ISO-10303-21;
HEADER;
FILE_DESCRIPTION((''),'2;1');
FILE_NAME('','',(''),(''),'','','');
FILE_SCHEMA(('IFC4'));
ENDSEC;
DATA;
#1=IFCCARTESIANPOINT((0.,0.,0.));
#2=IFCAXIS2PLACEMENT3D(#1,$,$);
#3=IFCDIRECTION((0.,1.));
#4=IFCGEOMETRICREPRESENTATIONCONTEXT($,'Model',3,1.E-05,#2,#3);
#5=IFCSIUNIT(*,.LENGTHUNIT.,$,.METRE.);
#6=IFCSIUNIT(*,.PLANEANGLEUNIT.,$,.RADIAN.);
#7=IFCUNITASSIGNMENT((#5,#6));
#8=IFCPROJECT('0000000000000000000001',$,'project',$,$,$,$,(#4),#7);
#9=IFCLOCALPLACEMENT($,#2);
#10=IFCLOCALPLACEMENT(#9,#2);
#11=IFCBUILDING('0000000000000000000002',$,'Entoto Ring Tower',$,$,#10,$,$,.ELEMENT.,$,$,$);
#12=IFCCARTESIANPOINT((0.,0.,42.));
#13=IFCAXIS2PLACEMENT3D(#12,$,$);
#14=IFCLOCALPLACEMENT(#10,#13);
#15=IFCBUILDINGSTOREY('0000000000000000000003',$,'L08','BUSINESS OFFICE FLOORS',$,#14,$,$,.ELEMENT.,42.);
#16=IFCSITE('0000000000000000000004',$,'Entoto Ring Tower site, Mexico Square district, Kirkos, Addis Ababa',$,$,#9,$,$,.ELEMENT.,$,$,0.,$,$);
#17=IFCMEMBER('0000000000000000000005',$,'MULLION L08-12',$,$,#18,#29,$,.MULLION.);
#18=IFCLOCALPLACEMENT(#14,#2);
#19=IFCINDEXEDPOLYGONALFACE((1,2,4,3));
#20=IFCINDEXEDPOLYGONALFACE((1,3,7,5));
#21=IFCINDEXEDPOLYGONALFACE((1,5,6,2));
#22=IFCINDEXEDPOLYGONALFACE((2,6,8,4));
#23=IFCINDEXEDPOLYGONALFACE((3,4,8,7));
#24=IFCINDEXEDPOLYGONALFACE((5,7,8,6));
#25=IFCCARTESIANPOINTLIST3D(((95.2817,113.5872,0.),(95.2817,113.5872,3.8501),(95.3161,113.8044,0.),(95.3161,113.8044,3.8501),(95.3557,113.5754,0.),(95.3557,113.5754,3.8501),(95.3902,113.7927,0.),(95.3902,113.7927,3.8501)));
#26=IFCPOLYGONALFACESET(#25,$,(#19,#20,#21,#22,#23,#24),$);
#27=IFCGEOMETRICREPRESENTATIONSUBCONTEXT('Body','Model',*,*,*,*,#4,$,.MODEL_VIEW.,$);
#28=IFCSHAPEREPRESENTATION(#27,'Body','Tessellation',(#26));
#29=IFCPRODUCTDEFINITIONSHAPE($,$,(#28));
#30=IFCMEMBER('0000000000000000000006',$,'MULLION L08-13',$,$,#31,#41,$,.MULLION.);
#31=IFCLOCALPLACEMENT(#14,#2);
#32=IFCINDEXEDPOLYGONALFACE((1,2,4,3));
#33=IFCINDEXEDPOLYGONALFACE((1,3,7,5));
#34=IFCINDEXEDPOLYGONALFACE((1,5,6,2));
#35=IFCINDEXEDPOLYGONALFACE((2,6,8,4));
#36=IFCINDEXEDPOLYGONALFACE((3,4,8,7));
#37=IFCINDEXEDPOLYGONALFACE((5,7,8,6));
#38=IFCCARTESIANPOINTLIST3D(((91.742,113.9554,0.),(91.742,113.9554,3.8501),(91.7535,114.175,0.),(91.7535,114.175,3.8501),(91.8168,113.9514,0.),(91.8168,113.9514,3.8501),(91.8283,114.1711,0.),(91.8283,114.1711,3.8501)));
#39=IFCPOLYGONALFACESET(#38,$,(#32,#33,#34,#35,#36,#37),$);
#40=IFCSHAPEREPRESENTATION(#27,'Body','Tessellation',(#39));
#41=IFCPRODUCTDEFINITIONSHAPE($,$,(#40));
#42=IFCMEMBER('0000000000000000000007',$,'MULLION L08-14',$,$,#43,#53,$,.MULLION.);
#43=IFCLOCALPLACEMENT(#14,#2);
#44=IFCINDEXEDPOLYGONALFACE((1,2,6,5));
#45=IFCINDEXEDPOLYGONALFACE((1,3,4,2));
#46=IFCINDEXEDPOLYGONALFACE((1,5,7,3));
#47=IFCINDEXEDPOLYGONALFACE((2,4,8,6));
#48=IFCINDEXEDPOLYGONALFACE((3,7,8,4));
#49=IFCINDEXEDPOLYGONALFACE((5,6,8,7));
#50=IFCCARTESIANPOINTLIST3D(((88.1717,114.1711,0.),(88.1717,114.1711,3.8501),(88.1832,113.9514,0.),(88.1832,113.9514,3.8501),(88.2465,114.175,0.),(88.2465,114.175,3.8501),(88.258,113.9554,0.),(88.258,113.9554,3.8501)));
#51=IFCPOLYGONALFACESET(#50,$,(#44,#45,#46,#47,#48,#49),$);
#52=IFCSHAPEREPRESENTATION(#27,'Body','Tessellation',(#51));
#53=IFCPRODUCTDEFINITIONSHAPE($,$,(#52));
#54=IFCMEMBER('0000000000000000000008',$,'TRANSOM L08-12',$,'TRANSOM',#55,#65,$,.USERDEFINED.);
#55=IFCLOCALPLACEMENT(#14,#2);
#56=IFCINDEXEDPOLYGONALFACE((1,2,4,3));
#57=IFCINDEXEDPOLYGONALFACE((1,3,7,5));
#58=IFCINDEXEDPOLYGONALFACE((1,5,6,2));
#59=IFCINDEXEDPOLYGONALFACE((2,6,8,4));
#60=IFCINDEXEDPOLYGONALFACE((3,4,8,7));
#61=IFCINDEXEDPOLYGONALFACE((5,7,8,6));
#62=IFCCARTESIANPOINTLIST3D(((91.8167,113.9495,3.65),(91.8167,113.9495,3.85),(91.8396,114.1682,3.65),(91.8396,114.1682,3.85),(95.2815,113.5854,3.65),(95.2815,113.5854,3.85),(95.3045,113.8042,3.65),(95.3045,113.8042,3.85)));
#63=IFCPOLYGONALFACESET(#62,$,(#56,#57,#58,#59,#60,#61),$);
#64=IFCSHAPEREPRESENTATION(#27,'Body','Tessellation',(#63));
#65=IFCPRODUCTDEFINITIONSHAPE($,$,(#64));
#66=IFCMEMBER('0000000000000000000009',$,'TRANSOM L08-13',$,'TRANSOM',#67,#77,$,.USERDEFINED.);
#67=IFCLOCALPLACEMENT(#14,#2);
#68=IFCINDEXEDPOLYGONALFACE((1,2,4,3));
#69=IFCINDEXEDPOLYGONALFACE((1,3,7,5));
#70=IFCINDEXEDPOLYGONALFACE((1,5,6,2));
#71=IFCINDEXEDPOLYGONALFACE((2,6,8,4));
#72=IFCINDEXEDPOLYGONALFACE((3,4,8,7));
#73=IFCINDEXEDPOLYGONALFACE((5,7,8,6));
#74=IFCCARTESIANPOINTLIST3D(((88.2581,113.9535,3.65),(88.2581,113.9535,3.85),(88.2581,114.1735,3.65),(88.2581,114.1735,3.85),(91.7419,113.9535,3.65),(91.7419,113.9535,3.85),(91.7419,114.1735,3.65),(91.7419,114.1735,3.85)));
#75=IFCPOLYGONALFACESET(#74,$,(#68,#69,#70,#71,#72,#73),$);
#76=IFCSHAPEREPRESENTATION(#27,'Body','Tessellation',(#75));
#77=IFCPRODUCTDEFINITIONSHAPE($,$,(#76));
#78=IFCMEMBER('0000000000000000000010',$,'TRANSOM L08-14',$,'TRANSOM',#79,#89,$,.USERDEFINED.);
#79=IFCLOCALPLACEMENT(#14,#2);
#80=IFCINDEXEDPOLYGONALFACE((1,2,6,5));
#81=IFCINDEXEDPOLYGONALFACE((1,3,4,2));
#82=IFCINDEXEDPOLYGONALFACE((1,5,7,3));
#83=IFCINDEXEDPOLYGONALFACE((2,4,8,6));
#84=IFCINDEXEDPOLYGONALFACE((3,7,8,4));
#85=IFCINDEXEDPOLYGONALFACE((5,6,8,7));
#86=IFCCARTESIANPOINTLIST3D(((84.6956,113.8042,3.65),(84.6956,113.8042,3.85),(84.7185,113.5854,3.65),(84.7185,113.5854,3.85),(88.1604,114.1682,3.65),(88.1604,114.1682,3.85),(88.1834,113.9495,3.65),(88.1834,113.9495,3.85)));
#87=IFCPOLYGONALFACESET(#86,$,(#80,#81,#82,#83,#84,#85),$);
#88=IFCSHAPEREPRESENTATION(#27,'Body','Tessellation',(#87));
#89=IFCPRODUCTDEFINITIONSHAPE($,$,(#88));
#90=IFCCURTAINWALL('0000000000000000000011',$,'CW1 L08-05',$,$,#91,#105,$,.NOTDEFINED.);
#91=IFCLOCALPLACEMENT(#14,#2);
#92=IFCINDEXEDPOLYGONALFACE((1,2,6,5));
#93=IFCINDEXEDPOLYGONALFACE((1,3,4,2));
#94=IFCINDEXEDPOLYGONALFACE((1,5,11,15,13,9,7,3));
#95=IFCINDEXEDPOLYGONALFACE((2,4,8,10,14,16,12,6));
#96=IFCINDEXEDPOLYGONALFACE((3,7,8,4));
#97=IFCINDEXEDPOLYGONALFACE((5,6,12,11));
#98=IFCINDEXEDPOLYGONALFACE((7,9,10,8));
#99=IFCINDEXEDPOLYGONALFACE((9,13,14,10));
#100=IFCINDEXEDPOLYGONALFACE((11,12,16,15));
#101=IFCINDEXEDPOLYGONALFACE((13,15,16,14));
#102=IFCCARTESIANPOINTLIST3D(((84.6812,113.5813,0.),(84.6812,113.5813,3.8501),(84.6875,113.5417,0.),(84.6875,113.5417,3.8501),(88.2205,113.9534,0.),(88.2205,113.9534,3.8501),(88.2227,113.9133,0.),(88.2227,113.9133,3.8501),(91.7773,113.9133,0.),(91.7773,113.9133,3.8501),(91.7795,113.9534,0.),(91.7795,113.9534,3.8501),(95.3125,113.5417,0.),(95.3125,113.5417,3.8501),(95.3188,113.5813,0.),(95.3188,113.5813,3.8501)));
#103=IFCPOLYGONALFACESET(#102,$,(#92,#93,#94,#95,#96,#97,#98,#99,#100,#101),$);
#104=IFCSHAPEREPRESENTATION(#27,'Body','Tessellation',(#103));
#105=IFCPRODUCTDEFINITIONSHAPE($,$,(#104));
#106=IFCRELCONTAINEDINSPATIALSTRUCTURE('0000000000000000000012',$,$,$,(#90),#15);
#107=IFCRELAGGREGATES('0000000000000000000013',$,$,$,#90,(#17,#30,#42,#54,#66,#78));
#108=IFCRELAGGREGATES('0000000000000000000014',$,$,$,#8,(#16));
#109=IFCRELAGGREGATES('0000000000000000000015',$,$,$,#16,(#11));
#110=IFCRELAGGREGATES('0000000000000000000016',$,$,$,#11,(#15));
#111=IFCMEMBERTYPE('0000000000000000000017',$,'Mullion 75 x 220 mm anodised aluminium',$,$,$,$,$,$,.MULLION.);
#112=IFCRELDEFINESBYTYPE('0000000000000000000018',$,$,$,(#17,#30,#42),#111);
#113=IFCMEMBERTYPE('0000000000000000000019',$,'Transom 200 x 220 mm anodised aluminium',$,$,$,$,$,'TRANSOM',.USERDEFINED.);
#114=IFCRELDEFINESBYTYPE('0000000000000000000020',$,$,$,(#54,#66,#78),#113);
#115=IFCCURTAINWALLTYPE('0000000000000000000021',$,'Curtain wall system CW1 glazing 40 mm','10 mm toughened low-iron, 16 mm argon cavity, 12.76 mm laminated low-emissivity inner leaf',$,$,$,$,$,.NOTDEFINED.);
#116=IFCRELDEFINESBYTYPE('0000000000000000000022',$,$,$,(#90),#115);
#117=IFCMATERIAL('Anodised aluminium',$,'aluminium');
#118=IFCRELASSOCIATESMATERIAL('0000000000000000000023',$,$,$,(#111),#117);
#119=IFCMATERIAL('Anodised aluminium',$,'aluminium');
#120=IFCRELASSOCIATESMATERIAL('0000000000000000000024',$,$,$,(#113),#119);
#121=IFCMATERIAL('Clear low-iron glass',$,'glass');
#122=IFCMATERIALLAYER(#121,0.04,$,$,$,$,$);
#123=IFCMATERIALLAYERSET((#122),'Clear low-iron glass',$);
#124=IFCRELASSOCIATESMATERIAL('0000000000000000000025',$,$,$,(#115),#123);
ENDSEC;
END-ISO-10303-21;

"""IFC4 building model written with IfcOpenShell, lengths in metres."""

from ifc_helpers import new_model, si_unit, direction, frame, origin, origin_2d, place, context, subcontext, project, spatial, polyline, rectangle, outline, extrude, material, layer, layer_set, material_profile, profile_set, type_object, element, aggregate, save


model = new_model("IFC4")

# Units and contexts
model_context = context("Model", 3, precision=1e-05, world=origin(), true_north=direction((0.0, 1.0)))
body_context = subcontext(model_context, "Body", "Model", "MODEL_VIEW")
ifc_project = project(units=[si_unit("LENGTHUNIT", "METRE"), si_unit("PLANEANGLEUNIT", "RADIAN")], contexts=[model_context])

# Members
ifc_material_1 = material(Name="Anodised aluminium", Category="aluminium")
ifc_material_profile_1 = material_profile(ifc_material_1, rectangle(XDim=0.075, YDim=0.22, at=origin_2d()), Name="Mullion 75 x 220 mm anodised aluminium")
ifc_profile_set_1 = profile_set([ifc_material_profile_1], Name="Anodised aluminium")
member_type_1 = type_object("IfcMemberType", Name="Mullion 75 x 220 mm anodised aluminium", PredefinedType="MULLION", material=ifc_profile_set_1)
site_placement = place(None, origin())
building_placement = place(site_placement, origin())
storey_placement = place(building_placement, frame((0.0, 0.0, 42.0)))
member_1_placement = place(storey_placement, frame((95.3359, 113.6899, 0.0), z_axis=(0.0, 0.0, 1.0), x_axis=(-0.987688, 0.156434, 0.0)))
member_1 = element("IfcMember", 1, at=member_1_placement, type_object=member_type_1, Name="MULLION L08-12", PredefinedType="MULLION", context=body_context, shape_type="SweptSolid", body=[
    extrude(rectangle(XDim=0.075, YDim=0.22, at=origin_2d()), origin(), (0.0, 0.0, 1.0), 3.8501),
])
member_2_placement = place(storey_placement, frame((91.7852, 114.0632, 0.0), z_axis=(0.0, 0.0, 1.0), x_axis=(-0.99863, 0.052336, 0.0)))
member_2 = element("IfcMember", 2, at=member_2_placement, type_object=member_type_1, Name="MULLION L08-13", PredefinedType="MULLION", context=body_context, shape_type="SweptSolid", body=[
    extrude(rectangle(XDim=0.075, YDim=0.22, at=origin_2d()), origin(), (0.0, 0.0, 1.0), 3.8501),
])
member_3_placement = place(storey_placement, frame((88.2148, 114.0632, 0.0), z_axis=(0.0, 0.0, 1.0), x_axis=(-0.99863, -0.052336, 0.0)))
member_3 = element("IfcMember", 3, at=member_3_placement, type_object=member_type_1, Name="MULLION L08-14", PredefinedType="MULLION", context=body_context, shape_type="SweptSolid", body=[
    extrude(rectangle(XDim=0.075, YDim=0.22, at=origin_2d()), origin(), (0.0, 0.0, 1.0), 3.8501),
])
ifc_material_2 = material(Name="Anodised aluminium", Category="aluminium")
ifc_material_profile_2 = material_profile(ifc_material_2, rectangle(XDim=0.22, YDim=0.2, at=origin_2d()), Name="Transom 200 x 220 mm anodised aluminium")
ifc_profile_set_2 = profile_set([ifc_material_profile_2], Name="Anodised aluminium")
member_type_2 = type_object("IfcMemberType", Name="Transom 200 x 220 mm anodised aluminium", ElementType="TRANSOM", PredefinedType="USERDEFINED", material=ifc_profile_set_2)
member_4_placement = place(storey_placement, frame((95.293, 113.6948, 3.75), z_axis=(-0.994527, 0.104484, 0.0), x_axis=(-0.104484, -0.994527, 0.0)))
member_4 = element("IfcMember", 4, at=member_4_placement, type_object=member_type_2, Name="TRANSOM L08-12", ObjectType="TRANSOM", PredefinedType="USERDEFINED", context=body_context, shape_type="SweptSolid", body=[
    extrude(rectangle(XDim=0.22, YDim=0.2, at=origin_2d()), origin(), (0.0, 0.0, 1.0), 3.4839),
])
member_5_placement = place(storey_placement, frame((91.7419, 114.0635, 3.75), z_axis=(-1.0, 0.0, 0.0), x_axis=(0.0, -1.0, 0.0)))
member_5 = element("IfcMember", 5, at=member_5_placement, type_object=member_type_2, Name="TRANSOM L08-13", ObjectType="TRANSOM", PredefinedType="USERDEFINED", context=body_context, shape_type="SweptSolid", body=[
    extrude(rectangle(XDim=0.22, YDim=0.2, at=origin_2d()), origin(), (0.0, 0.0, 1.0), 3.4839),
])
member_6_placement = place(storey_placement, frame((88.1719, 114.0588, 3.75), z_axis=(-0.994527, -0.104484, 0.0), x_axis=(0.104484, -0.994527, 0.0)))
member_6 = element("IfcMember", 6, at=member_6_placement, type_object=member_type_2, Name="TRANSOM L08-14", ObjectType="TRANSOM", PredefinedType="USERDEFINED", context=body_context, shape_type="SweptSolid", body=[
    extrude(rectangle(XDim=0.22, YDim=0.2, at=origin_2d()), origin(), (0.0, 0.0, 1.0), 3.4839),
])

# Site, building, storey
site = spatial("IfcSite", under=ifc_project, at=site_placement, Name="Entoto Ring Tower site, Mexico Square district, Kirkos, Addis Ababa", CompositionType="ELEMENT", RefElevation=0.0)
building = spatial("IfcBuilding", under=site, at=building_placement, Name="Entoto Ring Tower", CompositionType="ELEMENT")
storey = spatial("IfcBuildingStorey", under=building, at=storey_placement, Name="L08", Description="BUSINESS OFFICE FLOORS", CompositionType="ELEMENT", Elevation=42.0)

# Curtain wall
ifc_material_3 = material(Name="Clear low-iron glass", Category="glass")
ifc_layer = layer(ifc_material_3, 0.04)
ifc_layer_set = layer_set([ifc_layer], Name="Clear low-iron glass")
curtain_wall_type = type_object("IfcCurtainWallType", Name="Curtain wall system CW1 glazing 40 mm", Description="10 mm toughened low-iron, 16 mm argon cavity, 12.76 mm laminated low-emissivity inner leaf", PredefinedType="NOTDEFINED", material=ifc_layer_set)
curtain_wall_1_placement = place(storey_placement, origin())
curtain_wall_1 = element("IfcCurtainWall", 7, at=curtain_wall_1_placement, inside=storey, type_object=curtain_wall_type, Name="CW1 L08-05", PredefinedType="NOTDEFINED", context=body_context, shape_type="SweptSolid", body=[
    extrude(outline(polyline([(95.3188, 113.5813), (91.7795, 113.9534), (88.2205, 113.9534), (84.6812, 113.5813), (84.6875, 113.5417), (88.2227, 113.9133), (91.7773, 113.9133), (95.3125, 113.5417), (95.3188, 113.5813)])), origin(), (0.0, 0.0, 1.0), 3.8501),
])
aggregate(curtain_wall_1, [member_1, member_2, member_3, member_4, member_5, member_6])

save(model, "model.ifc")
